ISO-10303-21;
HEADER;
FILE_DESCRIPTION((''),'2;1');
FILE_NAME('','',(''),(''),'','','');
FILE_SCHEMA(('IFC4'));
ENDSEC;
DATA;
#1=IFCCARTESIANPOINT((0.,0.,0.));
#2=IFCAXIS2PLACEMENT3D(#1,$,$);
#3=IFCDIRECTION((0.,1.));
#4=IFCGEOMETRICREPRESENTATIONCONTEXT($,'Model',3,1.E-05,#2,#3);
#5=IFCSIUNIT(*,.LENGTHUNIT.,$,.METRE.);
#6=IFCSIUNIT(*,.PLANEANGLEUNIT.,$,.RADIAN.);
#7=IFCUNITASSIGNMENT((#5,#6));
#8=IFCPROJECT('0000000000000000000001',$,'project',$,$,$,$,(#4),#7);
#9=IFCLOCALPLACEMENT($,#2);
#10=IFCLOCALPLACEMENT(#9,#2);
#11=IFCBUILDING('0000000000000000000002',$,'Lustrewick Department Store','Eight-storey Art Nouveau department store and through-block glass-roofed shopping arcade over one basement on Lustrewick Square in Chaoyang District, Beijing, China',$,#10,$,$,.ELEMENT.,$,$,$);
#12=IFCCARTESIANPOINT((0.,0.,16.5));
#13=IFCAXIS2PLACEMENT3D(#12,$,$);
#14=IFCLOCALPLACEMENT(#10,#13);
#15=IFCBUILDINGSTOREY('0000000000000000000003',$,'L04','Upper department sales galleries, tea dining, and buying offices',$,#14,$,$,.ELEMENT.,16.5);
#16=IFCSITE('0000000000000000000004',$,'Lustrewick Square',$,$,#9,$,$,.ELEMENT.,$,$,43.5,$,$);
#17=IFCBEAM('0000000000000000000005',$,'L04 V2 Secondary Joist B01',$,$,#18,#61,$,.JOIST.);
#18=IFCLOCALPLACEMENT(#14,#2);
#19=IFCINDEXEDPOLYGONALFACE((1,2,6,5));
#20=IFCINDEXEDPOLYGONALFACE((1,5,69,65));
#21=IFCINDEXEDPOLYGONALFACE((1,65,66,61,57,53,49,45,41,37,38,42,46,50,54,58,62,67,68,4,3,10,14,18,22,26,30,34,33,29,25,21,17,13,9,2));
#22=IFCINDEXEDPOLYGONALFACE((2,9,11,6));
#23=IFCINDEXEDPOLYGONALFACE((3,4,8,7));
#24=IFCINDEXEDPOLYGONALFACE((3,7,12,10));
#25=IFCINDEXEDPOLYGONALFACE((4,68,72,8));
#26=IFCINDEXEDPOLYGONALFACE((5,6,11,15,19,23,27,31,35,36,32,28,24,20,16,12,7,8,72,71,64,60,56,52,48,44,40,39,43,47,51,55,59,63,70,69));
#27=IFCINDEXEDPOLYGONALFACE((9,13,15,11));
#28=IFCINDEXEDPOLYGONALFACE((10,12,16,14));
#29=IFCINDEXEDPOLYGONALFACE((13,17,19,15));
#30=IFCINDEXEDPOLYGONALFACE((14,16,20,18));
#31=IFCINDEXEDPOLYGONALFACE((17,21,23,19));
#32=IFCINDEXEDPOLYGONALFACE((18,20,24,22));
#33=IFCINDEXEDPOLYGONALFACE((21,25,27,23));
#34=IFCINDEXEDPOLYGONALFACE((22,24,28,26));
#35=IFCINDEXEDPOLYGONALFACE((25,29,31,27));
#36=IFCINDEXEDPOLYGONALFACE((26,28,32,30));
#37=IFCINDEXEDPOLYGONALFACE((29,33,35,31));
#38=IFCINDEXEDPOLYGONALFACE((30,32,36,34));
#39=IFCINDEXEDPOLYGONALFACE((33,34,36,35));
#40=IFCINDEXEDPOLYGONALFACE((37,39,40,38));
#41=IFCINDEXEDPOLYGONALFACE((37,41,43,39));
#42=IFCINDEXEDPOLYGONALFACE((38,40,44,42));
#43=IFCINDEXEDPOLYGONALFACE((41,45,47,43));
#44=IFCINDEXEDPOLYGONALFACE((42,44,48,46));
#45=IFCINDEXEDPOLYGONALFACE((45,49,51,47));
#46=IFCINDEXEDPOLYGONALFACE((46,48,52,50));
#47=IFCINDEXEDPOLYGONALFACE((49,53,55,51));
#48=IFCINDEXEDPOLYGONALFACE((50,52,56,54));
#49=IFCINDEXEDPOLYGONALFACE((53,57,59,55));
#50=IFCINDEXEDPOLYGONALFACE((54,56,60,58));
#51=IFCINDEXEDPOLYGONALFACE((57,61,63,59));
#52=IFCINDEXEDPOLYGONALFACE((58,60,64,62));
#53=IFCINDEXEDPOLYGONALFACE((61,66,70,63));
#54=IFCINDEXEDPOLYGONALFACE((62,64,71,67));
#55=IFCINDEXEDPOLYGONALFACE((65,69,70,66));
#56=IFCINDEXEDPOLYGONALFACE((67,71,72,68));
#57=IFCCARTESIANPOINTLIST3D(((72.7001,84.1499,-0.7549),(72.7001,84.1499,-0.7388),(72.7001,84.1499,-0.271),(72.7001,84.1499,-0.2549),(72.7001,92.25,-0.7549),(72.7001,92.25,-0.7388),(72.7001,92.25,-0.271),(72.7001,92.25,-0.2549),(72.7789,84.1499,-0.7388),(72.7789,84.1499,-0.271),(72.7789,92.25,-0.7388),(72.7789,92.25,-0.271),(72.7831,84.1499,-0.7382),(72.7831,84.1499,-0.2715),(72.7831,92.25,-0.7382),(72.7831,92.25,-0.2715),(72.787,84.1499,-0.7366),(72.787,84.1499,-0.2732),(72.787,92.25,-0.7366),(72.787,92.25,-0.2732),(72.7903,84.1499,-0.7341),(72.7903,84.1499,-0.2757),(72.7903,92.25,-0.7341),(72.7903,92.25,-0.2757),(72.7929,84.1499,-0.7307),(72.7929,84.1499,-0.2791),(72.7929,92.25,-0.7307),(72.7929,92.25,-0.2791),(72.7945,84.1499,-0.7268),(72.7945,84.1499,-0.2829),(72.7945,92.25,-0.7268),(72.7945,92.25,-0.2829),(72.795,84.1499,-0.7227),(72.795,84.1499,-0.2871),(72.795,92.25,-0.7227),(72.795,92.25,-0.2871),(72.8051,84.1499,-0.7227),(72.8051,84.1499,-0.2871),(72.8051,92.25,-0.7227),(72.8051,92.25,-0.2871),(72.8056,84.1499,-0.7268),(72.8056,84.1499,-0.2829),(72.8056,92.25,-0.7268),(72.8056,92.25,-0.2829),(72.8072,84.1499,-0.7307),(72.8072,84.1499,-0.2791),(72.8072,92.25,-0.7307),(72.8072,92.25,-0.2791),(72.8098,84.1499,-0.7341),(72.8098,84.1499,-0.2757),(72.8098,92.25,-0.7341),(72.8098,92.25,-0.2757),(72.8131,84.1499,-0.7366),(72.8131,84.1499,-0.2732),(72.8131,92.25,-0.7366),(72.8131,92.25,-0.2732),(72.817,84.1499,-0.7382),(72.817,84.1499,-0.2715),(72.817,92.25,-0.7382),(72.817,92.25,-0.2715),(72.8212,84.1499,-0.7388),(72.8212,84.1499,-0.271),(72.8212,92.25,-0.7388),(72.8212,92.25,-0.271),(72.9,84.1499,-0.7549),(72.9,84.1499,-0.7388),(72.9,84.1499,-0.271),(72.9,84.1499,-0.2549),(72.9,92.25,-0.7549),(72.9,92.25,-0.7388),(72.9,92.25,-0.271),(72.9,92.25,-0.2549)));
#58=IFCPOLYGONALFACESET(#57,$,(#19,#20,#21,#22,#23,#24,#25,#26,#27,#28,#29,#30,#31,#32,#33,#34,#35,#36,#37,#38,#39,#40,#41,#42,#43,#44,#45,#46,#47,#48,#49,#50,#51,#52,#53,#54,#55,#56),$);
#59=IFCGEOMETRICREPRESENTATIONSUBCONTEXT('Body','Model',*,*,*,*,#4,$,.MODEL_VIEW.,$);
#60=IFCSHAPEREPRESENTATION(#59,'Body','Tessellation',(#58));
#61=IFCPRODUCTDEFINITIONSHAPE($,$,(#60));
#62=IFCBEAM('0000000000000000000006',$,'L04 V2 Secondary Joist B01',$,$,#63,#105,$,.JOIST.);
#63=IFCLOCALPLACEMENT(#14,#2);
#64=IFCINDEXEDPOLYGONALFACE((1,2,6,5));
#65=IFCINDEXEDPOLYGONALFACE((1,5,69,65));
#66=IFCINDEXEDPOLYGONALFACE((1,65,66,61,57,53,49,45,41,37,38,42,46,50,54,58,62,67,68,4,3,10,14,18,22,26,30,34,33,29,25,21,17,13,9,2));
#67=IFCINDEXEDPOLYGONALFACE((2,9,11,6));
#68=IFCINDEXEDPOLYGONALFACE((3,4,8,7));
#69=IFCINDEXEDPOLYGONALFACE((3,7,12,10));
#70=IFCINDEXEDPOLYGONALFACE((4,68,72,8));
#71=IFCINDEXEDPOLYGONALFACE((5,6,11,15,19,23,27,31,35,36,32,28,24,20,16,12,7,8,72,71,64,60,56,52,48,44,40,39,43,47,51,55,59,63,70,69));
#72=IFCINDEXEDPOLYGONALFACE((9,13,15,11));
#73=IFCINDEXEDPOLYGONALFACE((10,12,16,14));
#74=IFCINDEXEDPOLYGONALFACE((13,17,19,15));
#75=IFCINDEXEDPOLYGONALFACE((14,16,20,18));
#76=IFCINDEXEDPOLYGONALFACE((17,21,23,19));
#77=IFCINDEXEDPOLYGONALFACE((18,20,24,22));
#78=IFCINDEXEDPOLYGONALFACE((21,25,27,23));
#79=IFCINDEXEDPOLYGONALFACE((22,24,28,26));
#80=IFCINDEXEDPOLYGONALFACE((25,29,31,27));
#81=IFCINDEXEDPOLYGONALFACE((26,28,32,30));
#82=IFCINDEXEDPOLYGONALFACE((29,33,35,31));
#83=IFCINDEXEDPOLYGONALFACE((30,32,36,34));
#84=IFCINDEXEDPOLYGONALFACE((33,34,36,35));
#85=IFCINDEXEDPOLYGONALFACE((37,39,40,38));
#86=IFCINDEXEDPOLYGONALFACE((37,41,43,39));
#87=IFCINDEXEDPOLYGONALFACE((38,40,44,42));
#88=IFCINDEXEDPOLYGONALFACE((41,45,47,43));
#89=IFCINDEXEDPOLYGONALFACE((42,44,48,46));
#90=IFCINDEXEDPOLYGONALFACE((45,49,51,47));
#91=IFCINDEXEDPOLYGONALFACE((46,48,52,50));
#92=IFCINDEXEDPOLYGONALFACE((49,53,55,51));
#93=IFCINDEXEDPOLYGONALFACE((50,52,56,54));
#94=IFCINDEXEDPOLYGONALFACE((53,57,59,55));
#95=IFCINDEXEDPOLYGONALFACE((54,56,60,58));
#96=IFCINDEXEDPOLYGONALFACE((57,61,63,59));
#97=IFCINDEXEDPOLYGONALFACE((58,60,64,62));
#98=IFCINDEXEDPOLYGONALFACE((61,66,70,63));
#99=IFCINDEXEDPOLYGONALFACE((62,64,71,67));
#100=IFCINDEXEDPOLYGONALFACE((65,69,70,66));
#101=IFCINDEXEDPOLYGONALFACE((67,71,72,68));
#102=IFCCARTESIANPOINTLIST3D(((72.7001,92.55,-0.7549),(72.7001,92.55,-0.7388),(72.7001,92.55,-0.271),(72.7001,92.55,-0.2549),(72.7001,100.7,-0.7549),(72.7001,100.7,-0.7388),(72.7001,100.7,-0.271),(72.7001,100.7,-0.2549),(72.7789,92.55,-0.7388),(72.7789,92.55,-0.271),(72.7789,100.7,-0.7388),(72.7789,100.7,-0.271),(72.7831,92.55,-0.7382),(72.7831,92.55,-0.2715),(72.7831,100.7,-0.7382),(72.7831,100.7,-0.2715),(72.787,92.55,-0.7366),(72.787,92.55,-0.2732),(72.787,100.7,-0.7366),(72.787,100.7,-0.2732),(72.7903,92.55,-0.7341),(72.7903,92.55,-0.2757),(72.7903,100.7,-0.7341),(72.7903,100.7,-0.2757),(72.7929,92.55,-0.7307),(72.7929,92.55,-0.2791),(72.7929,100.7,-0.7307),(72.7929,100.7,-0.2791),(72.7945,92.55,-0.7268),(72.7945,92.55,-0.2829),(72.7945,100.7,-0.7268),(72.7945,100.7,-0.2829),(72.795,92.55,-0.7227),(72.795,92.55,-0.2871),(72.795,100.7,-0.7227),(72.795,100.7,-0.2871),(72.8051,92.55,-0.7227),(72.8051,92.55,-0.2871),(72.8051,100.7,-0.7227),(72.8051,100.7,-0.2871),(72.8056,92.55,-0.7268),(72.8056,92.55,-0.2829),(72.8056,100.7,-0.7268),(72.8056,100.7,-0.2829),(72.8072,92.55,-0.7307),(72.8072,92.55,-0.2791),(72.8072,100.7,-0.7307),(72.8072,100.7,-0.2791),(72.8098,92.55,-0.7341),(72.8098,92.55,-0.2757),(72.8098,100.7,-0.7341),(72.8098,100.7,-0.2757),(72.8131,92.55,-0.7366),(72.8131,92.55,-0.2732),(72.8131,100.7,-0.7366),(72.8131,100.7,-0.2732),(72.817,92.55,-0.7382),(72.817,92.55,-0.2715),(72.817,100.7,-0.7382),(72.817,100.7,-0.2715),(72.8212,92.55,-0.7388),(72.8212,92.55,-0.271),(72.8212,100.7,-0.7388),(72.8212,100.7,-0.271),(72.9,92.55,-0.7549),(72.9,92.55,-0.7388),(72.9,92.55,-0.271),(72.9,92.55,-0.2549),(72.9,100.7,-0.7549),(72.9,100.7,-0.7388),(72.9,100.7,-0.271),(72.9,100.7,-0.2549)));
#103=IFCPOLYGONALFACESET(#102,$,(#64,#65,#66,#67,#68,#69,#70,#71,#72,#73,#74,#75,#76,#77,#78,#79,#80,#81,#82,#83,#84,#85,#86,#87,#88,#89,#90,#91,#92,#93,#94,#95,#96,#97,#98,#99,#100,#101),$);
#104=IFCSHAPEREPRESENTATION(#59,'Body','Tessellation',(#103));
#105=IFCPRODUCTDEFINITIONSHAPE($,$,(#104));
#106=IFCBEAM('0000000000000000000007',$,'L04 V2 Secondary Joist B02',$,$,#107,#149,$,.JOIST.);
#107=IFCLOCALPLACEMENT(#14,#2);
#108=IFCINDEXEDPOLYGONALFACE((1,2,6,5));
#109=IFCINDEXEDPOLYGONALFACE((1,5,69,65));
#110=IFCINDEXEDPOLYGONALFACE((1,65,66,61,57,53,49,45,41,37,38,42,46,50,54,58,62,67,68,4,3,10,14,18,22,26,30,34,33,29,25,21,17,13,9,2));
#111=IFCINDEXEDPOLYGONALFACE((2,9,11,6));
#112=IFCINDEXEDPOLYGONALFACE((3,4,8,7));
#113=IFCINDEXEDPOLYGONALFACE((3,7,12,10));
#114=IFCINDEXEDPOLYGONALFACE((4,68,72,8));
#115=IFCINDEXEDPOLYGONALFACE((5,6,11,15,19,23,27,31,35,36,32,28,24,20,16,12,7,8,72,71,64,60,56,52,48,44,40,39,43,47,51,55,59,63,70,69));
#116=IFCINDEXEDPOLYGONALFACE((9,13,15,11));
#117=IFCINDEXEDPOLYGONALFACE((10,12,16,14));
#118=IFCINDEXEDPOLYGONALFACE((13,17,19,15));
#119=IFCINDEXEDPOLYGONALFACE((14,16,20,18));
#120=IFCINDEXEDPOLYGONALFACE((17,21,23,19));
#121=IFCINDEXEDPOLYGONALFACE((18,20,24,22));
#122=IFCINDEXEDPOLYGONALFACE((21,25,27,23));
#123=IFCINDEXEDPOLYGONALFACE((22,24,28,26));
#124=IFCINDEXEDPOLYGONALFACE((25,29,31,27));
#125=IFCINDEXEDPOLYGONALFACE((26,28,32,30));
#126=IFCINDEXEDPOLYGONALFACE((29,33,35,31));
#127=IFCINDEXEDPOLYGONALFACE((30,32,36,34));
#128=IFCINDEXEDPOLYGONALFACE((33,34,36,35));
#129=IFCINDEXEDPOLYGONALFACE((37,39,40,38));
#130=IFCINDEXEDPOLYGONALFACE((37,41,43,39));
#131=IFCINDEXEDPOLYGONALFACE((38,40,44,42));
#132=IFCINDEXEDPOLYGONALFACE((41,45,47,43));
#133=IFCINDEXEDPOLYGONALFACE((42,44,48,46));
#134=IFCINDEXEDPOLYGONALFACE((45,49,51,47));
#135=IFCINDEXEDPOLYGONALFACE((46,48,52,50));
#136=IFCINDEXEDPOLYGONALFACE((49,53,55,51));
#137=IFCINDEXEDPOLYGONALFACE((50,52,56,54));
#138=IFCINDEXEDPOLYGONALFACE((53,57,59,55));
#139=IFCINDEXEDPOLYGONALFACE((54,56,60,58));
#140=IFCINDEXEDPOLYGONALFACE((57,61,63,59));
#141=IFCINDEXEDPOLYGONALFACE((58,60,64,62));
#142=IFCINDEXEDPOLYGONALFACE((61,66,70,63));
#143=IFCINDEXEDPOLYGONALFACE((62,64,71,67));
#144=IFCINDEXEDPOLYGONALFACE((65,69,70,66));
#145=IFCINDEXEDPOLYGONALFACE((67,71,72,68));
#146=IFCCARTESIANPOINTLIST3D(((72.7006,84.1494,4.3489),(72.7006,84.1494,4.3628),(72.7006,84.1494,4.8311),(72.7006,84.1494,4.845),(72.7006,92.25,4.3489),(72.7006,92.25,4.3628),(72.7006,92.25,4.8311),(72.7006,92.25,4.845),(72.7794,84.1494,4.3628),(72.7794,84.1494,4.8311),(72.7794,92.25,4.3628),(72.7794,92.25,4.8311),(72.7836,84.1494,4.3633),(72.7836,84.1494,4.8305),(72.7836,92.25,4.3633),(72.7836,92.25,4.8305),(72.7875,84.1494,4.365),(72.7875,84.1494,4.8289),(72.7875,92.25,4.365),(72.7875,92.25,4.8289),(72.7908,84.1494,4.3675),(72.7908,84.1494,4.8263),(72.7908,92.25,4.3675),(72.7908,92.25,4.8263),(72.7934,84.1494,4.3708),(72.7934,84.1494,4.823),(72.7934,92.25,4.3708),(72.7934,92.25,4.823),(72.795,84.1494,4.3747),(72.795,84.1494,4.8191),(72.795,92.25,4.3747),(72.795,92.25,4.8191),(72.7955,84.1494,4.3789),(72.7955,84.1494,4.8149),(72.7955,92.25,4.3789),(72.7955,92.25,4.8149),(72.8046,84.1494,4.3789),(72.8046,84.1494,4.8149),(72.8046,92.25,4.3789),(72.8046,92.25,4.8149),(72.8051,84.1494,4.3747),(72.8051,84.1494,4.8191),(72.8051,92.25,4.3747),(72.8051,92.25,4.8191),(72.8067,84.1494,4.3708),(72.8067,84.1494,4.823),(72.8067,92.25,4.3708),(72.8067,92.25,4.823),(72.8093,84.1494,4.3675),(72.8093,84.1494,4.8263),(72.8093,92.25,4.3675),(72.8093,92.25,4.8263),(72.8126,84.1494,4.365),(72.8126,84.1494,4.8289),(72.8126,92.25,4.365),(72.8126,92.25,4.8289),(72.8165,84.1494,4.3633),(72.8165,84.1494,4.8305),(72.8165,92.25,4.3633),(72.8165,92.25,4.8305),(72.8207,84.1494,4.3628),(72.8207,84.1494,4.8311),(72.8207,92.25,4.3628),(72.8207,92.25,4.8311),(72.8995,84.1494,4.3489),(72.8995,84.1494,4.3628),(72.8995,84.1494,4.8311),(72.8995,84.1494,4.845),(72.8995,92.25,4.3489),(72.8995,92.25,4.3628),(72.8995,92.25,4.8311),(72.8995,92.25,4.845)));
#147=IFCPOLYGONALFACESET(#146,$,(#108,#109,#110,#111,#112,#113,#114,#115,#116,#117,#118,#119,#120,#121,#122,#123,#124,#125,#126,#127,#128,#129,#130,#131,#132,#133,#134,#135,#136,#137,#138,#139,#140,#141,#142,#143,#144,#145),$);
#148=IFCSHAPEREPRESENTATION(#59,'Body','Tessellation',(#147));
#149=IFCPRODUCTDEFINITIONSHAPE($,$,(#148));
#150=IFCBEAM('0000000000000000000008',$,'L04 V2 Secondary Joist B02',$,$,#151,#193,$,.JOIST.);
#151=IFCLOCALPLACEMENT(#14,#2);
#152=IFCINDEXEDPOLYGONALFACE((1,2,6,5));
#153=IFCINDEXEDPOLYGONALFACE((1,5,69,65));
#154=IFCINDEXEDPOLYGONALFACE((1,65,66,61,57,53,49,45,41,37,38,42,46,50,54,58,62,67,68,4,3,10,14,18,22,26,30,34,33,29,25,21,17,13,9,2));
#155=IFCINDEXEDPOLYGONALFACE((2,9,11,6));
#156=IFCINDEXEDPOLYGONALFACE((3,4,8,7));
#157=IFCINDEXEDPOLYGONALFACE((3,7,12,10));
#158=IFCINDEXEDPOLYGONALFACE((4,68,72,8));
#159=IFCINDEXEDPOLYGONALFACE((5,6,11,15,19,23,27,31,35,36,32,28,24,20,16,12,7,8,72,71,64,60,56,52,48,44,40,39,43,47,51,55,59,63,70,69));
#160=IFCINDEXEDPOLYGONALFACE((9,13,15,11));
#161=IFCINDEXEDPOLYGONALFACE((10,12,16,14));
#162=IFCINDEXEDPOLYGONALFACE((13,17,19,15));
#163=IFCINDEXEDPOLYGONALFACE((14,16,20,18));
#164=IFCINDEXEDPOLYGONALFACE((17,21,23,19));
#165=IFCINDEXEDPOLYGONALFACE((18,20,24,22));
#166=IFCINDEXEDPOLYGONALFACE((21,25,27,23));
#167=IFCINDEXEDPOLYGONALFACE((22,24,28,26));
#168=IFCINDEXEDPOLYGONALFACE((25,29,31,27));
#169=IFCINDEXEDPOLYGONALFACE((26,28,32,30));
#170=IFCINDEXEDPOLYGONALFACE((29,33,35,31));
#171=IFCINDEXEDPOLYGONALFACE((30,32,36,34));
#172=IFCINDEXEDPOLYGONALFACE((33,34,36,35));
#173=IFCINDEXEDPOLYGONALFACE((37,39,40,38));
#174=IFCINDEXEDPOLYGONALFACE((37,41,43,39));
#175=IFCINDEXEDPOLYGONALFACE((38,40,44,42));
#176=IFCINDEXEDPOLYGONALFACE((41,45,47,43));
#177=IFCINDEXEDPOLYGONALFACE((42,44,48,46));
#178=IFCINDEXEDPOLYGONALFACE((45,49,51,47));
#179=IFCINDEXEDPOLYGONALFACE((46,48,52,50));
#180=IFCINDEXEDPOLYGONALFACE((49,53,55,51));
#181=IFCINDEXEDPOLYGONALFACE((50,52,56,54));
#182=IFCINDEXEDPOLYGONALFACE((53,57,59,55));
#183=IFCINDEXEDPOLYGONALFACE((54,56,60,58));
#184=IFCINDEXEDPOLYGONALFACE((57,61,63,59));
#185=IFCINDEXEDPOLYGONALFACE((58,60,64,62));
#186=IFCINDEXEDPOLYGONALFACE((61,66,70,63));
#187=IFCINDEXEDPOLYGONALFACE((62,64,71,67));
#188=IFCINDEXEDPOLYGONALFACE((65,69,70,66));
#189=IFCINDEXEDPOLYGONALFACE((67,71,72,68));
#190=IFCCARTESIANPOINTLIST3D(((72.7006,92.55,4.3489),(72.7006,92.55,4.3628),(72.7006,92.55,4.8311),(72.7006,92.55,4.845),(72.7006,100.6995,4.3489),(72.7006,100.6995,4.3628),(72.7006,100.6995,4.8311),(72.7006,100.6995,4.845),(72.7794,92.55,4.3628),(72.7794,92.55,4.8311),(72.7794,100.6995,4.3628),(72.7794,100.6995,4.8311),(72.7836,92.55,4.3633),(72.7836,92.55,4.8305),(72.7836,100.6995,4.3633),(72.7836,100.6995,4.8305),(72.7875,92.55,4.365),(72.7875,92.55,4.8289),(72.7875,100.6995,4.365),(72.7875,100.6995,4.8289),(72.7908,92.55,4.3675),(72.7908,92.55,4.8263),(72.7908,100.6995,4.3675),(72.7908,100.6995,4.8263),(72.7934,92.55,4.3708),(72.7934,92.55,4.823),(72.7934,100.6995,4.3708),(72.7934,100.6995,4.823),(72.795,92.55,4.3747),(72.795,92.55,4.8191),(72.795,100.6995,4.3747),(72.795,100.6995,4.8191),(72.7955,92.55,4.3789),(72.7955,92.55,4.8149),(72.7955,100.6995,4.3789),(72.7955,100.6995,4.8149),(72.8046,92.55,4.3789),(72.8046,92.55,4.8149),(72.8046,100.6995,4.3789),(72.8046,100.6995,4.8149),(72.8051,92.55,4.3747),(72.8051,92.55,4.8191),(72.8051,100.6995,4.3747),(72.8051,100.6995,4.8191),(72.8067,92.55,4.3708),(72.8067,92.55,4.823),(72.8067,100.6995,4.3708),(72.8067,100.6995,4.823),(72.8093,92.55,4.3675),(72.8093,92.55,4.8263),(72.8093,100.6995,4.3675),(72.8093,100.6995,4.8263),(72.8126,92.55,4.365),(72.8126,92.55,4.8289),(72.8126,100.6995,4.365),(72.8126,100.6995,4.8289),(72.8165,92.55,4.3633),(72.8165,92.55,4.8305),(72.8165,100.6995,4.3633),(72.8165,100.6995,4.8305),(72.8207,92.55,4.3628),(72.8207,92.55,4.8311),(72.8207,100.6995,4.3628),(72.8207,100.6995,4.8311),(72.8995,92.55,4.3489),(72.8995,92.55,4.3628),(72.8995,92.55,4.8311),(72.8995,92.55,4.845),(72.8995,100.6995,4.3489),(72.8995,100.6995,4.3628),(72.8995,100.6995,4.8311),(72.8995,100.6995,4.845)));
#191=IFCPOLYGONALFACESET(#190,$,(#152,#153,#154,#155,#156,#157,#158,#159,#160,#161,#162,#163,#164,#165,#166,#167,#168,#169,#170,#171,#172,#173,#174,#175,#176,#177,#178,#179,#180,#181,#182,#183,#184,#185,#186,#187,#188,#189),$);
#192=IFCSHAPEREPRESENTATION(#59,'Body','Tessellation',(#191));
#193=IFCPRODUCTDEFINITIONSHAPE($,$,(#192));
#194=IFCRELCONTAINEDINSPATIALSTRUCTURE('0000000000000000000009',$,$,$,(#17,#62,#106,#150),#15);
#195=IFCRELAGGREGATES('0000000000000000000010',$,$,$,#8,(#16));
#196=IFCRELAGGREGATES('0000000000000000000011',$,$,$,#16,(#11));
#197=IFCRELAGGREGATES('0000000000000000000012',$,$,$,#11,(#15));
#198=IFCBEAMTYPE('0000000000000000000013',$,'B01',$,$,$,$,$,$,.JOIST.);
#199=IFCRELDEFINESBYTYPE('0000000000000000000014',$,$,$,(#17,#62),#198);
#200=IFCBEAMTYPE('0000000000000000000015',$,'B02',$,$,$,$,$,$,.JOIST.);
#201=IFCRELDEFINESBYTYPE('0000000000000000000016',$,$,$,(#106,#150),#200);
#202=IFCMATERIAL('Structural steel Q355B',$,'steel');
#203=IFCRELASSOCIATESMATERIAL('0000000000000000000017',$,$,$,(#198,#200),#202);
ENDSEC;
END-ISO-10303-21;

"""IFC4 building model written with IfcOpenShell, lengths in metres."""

from ifc_helpers import new_model, si_unit, direction, frame, origin, origin_2d, place, context, subcontext, project, spatial, i_section, extrude, material, material_profile, profile_set, type_object, element, save


model = new_model("IFC4")

# Units and contexts
model_context = context("Model", 3, precision=1e-05, world=origin(), true_north=direction((0.0, 1.0)))
body_context = subcontext(model_context, "Body", "Model", "MODEL_VIEW")
ifc_project = project(units=[si_unit("LENGTHUNIT", "METRE"), si_unit("PLANEANGLEUNIT", "RADIAN")], contexts=[model_context])

# Site, building, storey
site_placement = place(None, origin())
site = spatial("IfcSite", under=ifc_project, at=site_placement, Name="Lustrewick Square", CompositionType="ELEMENT", RefElevation=43.5)
building_placement = place(site_placement, origin())
building = spatial("IfcBuilding", under=site, at=building_placement, Name="Lustrewick Department Store", Description="Eight-storey Art Nouveau department store and through-block glass-roofed shopping arcade over one basement on Lustrewick Square in Chaoyang District, Beijing, China", CompositionType="ELEMENT")
storey_placement = place(building_placement, frame((0.0, 0.0, 16.5)))
storey = spatial("IfcBuildingStorey", under=building, at=storey_placement, Name="L04", Description="Upper department sales galleries, tea dining, and buying offices", CompositionType="ELEMENT", Elevation=16.5)

# Shared definitions
ifc_material_1 = material(Name="Structural steel Q355B", Category="steel")

# Beams
ifc_material_profile_1 = material_profile(ifc_material_1, i_section(OverallWidth=0.2, OverallDepth=0.5, WebThickness=0.01, FlangeThickness=0.0161, FilletRadius=0.0161, at=origin_2d()), Name="HN 500x200x10x16")
ifc_profile_set_1 = profile_set([ifc_material_profile_1], Name="Structural steel Q355B")
beam_type_1 = type_object("IfcBeamType", Name="B01", PredefinedType="JOIST", material=ifc_profile_set_1)
beam_1_placement = place(storey_placement, frame((72.8, 84.1499, -0.5049), z_axis=(0.0, 1.0, 0.0), x_axis=(-1.0, 0.0, 0.0)))
element("IfcBeam", 1, at=beam_1_placement, inside=storey, type_object=beam_type_1, Name="L04 V2 Secondary Joist B01", PredefinedType="JOIST", context=body_context, shape_type="SweptSolid", body=[
    extrude(i_section(OverallWidth=0.2, OverallDepth=0.5, WebThickness=0.01, FlangeThickness=0.0161, FilletRadius=0.0161, at=origin_2d()), origin(), (0.0, 0.0, 1.0), 8.1001),
])
beam_2_placement = place(storey_placement, frame((72.8, 92.55, -0.5049), z_axis=(0.0, 1.0, 0.0), x_axis=(-1.0, 0.0, 0.0)))
element("IfcBeam", 2, at=beam_2_placement, inside=storey, type_object=beam_type_1, Name="L04 V2 Secondary Joist B01", PredefinedType="JOIST", context=body_context, shape_type="SweptSolid", body=[
    extrude(i_section(OverallWidth=0.2, OverallDepth=0.5, WebThickness=0.01, FlangeThickness=0.0161, FilletRadius=0.0161, at=origin_2d()), origin(), (0.0, 0.0, 1.0), 8.1499),
])
ifc_material_profile_2 = material_profile(ifc_material_1, i_section(OverallWidth=0.199, OverallDepth=0.4961, WebThickness=0.009, FlangeThickness=0.0139, FilletRadius=0.0161, at=origin_2d()), Name="HN 496x199x9x14")
ifc_profile_set_2 = profile_set([ifc_material_profile_2], Name="Structural steel Q355B")
beam_type_2 = type_object("IfcBeamType", Name="B02", PredefinedType="JOIST", material=ifc_profile_set_2)
beam_3_placement = place(storey_placement, frame((72.8, 84.1494, 4.5969), z_axis=(0.0, 1.0, 0.0), x_axis=(-1.0, 0.0, 0.0)))
element("IfcBeam", 3, at=beam_3_placement, inside=storey, type_object=beam_type_2, Name="L04 V2 Secondary Joist B02", PredefinedType="JOIST", context=body_context, shape_type="SweptSolid", body=[
    extrude(i_section(OverallWidth=0.199, OverallDepth=0.4961, WebThickness=0.009, FlangeThickness=0.0139, FilletRadius=0.0161, at=origin_2d()), origin(), (0.0, 0.0, 1.0), 8.1006),
])
beam_4_placement = place(storey_placement, frame((72.8, 92.55, 4.5969), z_axis=(0.0, 1.0, 0.0), x_axis=(-1.0, 0.0, 0.0)))
element("IfcBeam", 4, at=beam_4_placement, inside=storey, type_object=beam_type_2, Name="L04 V2 Secondary Joist B02", PredefinedType="JOIST", context=body_context, shape_type="SweptSolid", body=[
    extrude(i_section(OverallWidth=0.199, OverallDepth=0.4961, WebThickness=0.009, FlangeThickness=0.0139, FilletRadius=0.0161, at=origin_2d()), origin(), (0.0, 0.0, 1.0), 8.1494),
])

save(model, "model.ifc")
